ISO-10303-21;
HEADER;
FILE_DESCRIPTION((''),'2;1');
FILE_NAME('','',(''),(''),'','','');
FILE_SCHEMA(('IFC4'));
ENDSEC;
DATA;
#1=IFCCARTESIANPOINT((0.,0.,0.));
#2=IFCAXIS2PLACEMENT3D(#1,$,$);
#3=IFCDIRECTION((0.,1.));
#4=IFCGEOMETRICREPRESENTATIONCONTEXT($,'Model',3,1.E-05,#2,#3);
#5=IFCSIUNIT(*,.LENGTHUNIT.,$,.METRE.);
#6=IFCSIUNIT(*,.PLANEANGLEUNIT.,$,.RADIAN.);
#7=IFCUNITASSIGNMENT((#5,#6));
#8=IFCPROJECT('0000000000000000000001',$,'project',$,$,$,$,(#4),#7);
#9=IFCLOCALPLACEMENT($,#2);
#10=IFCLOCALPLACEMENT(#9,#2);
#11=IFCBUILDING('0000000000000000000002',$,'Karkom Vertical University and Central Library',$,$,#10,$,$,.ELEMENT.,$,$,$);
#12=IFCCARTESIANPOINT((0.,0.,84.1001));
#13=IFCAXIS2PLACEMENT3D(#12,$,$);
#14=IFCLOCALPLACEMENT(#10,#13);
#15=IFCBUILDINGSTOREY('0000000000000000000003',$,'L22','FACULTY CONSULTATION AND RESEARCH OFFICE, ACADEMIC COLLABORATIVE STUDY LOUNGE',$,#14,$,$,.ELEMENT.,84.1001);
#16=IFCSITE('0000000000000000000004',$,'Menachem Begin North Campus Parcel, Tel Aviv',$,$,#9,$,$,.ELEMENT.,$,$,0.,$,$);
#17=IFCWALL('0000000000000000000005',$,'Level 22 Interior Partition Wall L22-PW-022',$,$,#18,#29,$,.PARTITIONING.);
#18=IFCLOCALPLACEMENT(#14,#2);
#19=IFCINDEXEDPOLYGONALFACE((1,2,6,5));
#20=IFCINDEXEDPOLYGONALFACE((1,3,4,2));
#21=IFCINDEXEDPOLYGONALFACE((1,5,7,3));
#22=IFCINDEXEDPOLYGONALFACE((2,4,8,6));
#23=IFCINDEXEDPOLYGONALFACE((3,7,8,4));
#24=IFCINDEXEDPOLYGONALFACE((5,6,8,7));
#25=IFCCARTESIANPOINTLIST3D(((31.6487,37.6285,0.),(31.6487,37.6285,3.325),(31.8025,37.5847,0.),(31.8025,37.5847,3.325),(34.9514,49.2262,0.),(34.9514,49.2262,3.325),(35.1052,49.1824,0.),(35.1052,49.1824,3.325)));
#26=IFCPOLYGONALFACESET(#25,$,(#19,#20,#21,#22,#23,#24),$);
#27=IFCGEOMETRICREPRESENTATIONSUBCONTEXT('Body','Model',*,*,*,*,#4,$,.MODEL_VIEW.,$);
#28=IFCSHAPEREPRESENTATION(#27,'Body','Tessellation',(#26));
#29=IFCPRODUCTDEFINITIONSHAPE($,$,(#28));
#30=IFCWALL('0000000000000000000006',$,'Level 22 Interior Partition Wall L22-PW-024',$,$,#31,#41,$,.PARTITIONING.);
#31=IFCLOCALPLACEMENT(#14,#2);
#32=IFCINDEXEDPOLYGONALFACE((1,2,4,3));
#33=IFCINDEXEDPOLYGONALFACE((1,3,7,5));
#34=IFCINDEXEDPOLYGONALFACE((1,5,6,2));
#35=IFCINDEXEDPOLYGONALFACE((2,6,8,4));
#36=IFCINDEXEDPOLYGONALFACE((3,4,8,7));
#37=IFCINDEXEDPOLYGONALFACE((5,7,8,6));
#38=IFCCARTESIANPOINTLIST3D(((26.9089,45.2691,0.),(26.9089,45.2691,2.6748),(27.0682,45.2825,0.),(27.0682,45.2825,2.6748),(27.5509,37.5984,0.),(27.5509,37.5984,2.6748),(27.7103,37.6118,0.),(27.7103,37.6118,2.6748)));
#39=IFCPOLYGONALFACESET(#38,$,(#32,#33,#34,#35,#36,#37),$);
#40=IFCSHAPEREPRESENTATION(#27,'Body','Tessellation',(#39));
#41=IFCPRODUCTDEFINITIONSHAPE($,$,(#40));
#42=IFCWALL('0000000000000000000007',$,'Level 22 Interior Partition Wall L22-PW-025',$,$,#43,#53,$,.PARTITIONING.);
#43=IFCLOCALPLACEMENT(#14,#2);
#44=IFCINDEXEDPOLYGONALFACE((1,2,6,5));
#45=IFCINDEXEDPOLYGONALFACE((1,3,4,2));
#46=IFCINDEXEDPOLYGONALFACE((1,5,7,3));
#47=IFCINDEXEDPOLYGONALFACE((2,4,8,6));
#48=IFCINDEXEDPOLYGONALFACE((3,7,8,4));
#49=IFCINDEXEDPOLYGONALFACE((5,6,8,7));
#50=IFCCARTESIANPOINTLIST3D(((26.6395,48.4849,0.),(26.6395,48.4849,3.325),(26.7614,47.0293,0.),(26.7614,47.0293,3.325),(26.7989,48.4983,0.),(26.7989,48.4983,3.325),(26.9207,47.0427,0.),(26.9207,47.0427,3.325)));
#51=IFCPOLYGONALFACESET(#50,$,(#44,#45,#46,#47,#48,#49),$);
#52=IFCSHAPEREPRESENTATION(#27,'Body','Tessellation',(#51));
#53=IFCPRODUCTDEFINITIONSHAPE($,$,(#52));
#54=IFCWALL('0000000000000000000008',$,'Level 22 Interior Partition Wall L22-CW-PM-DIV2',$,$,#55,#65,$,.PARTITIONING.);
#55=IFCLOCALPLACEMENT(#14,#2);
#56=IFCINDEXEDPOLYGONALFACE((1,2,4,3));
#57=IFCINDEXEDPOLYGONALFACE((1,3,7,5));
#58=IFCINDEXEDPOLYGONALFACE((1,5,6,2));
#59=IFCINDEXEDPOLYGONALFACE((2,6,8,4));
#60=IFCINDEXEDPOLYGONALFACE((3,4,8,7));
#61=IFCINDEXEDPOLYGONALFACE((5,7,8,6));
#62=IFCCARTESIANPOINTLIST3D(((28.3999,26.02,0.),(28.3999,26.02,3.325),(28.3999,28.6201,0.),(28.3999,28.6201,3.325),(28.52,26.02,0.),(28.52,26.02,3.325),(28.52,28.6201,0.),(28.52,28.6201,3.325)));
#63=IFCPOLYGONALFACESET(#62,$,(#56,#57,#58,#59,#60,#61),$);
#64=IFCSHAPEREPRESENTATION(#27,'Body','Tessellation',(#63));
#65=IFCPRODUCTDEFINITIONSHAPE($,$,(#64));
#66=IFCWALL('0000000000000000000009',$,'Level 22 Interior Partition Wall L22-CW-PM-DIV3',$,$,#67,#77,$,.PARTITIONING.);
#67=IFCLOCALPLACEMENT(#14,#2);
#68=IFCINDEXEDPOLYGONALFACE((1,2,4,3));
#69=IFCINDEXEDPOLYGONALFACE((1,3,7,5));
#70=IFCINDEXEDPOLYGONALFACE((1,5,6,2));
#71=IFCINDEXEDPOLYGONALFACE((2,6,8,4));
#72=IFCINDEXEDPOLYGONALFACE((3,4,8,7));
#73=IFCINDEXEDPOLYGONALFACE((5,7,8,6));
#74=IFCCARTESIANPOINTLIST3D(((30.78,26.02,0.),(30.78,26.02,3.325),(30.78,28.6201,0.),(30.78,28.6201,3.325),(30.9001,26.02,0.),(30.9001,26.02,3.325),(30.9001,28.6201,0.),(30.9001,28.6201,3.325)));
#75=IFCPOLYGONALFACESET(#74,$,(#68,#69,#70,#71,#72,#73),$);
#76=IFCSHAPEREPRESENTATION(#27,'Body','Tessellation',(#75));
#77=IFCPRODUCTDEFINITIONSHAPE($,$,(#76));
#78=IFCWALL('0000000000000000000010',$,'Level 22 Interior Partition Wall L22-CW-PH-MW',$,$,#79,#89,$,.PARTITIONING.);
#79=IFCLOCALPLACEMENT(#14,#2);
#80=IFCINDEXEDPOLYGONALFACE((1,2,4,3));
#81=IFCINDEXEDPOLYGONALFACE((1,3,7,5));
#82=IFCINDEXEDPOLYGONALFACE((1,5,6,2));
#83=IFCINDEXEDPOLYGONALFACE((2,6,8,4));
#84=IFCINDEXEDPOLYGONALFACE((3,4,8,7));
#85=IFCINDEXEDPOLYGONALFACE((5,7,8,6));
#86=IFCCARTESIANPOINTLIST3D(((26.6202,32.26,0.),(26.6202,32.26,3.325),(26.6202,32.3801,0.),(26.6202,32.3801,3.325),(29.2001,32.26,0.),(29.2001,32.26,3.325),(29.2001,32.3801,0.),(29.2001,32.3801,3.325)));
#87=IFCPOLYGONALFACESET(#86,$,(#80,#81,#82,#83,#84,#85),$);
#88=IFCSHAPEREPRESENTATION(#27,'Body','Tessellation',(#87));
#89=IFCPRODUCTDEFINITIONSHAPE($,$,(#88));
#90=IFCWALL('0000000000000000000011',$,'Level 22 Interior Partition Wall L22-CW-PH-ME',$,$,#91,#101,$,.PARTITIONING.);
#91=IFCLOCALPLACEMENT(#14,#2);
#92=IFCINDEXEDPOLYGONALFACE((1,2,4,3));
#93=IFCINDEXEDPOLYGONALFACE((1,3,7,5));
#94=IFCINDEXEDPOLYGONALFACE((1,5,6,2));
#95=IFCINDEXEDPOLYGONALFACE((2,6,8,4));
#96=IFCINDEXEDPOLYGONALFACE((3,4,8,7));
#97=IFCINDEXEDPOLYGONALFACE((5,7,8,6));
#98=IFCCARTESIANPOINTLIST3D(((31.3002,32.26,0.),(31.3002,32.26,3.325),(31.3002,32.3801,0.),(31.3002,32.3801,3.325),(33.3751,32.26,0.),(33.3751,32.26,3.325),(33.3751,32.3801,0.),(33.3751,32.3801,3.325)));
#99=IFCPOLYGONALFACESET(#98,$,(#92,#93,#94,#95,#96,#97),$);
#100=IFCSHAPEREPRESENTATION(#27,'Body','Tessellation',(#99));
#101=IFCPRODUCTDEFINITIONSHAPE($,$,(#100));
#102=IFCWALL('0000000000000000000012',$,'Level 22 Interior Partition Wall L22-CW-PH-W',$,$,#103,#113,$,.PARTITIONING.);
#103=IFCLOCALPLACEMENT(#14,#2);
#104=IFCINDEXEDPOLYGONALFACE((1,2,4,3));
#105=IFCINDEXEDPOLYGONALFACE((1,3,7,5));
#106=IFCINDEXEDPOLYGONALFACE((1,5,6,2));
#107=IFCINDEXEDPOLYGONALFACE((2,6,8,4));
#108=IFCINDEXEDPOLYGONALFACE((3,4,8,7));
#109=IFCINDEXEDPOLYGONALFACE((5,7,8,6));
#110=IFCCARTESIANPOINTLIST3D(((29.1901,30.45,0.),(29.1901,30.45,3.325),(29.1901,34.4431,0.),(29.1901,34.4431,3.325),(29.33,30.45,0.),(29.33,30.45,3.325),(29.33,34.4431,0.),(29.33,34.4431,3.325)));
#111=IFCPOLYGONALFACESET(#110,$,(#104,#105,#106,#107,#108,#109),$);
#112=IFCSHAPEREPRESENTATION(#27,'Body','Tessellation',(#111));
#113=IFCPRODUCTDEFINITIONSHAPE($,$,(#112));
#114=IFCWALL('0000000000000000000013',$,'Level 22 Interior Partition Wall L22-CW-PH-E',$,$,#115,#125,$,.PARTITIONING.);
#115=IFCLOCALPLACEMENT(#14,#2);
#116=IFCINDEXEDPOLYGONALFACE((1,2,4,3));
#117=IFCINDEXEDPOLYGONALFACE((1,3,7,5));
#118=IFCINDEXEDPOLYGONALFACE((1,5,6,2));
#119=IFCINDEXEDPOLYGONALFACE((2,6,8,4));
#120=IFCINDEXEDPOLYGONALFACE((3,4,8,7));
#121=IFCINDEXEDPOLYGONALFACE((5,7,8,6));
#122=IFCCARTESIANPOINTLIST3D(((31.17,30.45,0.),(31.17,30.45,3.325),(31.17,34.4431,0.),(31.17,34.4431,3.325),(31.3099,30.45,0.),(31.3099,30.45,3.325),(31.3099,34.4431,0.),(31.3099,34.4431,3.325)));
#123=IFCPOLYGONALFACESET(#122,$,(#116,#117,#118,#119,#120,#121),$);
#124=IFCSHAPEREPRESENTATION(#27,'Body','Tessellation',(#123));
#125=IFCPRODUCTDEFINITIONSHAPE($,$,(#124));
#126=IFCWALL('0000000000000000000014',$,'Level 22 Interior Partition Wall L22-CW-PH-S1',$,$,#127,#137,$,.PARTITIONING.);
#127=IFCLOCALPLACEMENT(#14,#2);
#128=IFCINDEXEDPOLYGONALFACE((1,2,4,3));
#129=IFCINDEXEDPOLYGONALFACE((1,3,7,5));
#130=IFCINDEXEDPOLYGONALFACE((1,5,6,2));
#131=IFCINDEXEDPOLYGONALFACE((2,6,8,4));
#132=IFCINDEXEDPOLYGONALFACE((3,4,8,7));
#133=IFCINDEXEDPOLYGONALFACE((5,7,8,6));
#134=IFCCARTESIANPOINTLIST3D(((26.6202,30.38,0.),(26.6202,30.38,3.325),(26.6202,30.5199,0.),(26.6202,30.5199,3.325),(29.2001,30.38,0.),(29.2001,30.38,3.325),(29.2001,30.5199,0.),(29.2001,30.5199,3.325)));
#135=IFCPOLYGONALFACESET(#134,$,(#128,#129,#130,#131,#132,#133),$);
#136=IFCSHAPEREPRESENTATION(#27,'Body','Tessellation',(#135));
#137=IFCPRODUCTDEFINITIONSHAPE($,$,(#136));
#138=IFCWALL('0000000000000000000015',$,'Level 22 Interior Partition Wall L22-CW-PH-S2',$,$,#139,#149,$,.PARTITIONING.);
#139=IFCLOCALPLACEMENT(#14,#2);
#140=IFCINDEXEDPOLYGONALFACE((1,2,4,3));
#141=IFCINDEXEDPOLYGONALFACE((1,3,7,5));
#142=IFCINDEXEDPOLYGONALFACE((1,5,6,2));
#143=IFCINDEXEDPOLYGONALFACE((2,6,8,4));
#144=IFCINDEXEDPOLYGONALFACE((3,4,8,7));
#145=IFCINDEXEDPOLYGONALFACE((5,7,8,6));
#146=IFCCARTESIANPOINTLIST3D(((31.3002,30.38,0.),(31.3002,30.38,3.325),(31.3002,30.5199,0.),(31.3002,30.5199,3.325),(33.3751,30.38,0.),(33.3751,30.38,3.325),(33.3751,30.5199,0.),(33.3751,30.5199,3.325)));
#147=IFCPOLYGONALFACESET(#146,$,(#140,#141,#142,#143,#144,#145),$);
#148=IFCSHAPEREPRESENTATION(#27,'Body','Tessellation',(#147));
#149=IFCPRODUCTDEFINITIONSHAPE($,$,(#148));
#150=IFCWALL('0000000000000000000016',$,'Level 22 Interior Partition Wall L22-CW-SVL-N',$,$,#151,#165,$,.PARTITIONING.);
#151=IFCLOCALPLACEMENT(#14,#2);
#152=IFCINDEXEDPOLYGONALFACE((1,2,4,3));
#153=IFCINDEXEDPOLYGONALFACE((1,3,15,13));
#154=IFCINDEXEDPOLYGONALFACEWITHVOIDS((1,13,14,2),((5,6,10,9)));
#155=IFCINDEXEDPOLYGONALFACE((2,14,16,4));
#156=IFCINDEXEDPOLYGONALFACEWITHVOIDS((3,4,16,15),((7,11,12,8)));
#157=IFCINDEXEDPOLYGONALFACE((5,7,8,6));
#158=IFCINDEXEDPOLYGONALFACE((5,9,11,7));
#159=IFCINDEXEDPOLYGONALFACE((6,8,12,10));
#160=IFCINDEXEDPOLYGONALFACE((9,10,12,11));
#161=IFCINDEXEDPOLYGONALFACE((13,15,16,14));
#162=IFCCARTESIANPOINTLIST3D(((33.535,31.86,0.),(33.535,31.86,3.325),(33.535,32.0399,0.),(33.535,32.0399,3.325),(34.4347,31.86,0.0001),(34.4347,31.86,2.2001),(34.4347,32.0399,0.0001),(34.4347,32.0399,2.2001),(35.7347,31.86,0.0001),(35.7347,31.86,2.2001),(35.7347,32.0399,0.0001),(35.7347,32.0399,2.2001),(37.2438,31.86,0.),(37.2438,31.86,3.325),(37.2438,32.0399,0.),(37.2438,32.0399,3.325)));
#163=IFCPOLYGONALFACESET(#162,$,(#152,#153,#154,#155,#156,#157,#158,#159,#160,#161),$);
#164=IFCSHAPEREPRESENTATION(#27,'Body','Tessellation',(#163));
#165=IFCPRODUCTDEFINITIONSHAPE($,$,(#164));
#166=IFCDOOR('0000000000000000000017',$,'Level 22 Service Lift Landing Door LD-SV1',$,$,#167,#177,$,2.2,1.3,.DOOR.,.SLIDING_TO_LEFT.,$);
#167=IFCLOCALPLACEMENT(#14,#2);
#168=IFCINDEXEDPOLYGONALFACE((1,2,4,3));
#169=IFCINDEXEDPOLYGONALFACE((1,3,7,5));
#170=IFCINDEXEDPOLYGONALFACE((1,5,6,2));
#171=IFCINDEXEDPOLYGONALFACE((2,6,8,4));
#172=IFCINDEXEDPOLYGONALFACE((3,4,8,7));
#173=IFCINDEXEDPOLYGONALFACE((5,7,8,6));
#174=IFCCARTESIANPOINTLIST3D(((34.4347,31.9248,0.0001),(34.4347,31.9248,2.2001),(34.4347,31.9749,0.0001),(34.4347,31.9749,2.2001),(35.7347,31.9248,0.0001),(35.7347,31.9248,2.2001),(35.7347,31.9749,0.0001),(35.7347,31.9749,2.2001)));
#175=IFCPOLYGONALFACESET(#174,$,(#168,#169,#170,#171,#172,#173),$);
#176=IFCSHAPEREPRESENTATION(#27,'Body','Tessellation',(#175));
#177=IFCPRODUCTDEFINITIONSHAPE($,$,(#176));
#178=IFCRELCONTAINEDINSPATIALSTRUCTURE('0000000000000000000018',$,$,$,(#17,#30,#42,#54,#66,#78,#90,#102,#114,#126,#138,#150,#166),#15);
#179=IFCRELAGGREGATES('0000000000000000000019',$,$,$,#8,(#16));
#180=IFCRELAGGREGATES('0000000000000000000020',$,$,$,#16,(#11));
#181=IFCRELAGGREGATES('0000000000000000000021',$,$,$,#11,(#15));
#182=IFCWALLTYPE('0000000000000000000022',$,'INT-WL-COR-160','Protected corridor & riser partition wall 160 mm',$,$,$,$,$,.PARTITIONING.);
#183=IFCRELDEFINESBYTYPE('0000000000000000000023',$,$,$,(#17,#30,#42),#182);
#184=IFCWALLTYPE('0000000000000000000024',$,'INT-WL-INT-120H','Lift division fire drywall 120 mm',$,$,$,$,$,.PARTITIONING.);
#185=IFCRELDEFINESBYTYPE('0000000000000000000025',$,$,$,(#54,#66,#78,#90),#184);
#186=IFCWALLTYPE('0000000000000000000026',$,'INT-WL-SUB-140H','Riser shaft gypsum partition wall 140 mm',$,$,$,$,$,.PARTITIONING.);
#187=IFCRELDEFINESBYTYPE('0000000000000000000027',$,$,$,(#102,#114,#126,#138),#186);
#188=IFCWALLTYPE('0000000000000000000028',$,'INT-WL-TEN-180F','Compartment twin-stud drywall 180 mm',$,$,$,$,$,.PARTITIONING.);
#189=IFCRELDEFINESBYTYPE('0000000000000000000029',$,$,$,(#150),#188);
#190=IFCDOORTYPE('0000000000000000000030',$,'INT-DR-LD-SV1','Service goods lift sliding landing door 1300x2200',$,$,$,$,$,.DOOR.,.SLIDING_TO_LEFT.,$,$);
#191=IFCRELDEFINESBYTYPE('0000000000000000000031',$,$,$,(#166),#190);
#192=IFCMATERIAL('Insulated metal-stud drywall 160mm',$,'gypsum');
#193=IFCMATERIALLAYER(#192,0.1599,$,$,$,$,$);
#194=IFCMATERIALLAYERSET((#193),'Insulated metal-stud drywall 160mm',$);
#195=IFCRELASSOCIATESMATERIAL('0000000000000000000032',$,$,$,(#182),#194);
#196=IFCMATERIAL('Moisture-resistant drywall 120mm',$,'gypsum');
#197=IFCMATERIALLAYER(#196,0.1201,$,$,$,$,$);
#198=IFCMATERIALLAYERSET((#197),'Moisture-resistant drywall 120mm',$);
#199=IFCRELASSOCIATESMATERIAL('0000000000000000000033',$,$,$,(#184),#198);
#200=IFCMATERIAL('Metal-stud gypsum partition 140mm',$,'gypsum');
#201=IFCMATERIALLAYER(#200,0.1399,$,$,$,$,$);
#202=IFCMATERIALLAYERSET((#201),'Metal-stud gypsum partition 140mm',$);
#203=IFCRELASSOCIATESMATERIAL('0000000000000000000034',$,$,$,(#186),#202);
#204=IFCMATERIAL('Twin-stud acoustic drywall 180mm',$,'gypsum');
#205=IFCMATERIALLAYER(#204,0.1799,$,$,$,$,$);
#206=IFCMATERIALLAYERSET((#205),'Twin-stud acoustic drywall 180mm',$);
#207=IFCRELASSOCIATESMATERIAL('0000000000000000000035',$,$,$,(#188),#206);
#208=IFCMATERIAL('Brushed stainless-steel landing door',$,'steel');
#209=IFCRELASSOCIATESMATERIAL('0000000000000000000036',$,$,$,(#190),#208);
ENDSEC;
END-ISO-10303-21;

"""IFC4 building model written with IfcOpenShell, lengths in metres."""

from ifc_helpers import new_model, si_unit, direction, frame, frame_2d, origin, origin_with_axes, place, context, subcontext, project, spatial, rectangle, extrude, source, transform, mapped, material, layer, layer_set, type_object, element, fill, save


model = new_model("IFC4")

# Units and contexts
model_context = context("Model", 3, precision=1e-05, world=origin(), true_north=direction((0.0, 1.0)))
body_context = subcontext(model_context, "Body", "Model", "MODEL_VIEW")
ifc_project = project(units=[si_unit("LENGTHUNIT", "METRE"), si_unit("PLANEANGLEUNIT", "RADIAN")], contexts=[model_context])

# Site, building, storey
site_placement = place(None, origin())
site = spatial("IfcSite", under=ifc_project, at=site_placement, Name="Menachem Begin North Campus Parcel, Tel Aviv", CompositionType="ELEMENT", RefElevation=0.0)
building_placement = place(site_placement, origin())
building = spatial("IfcBuilding", under=site, at=building_placement, Name="Karkom Vertical University and Central Library", CompositionType="ELEMENT")
storey_placement = place(building_placement, frame((0.0, 0.0, 84.1001)))
storey = spatial("IfcBuildingStorey", under=building, at=storey_placement, Name="L22", Description="FACULTY CONSULTATION AND RESEARCH OFFICE, ACADEMIC COLLABORATIVE STUDY LOUNGE", CompositionType="ELEMENT", Elevation=84.1001)

# Shared definitions
ifc_material_1 = material(Name="Insulated metal-stud drywall 160mm", Category="gypsum")
ifc_layer_1 = layer(ifc_material_1, 0.1599)
ifc_layer_set_1 = layer_set([ifc_layer_1], Name="Insulated metal-stud drywall 160mm")
wall_type_1 = type_object("IfcWallType", Name="INT-WL-COR-160", Description="Protected corridor & riser partition wall 160 mm", PredefinedType="PARTITIONING", material=ifc_layer_set_1)

# Walls
wall_1_placement = place(storey_placement, frame((31.7256, 37.6067, 0.0), z_axis=(0.0, 0.0, 1.0), x_axis=(0.273887, 0.961762, 0.0)))
element("IfcWall", 1, at=wall_1_placement, inside=storey, type_object=wall_type_1, Name="Level 22 Interior Partition Wall L22-PW-022", PredefinedType="PARTITIONING", context=body_context, shape_type="SweptSolid", body=[
    extrude(rectangle(XDim=12.0588, YDim=0.1599, at=frame_2d((6.0293, 0.0))), origin(), (0.0, 0.0, 1.0), 3.325),
])
wall_2_placement = place(storey_placement, frame((27.6306, 37.6052, 0.0), z_axis=(0.0, 0.0, 1.0), x_axis=(-0.083416, 0.996515, 0.0)))
element("IfcWall", 2, at=wall_2_placement, inside=storey, type_object=wall_type_1, Name="Level 22 Interior Partition Wall L22-PW-024", PredefinedType="PARTITIONING", context=body_context, shape_type="SweptSolid", body=[
    extrude(rectangle(XDim=7.6975, YDim=0.1599, at=frame_2d((3.8486, 0.0))), origin(), (0.0, 0.0, 1.0), 2.6748),
])
wall_3_placement = place(storey_placement, frame((26.8411, 47.0359, 0.0), z_axis=(0.0, 0.0, 1.0), x_axis=(-0.083405, 0.996516, 0.0)))
element("IfcWall", 3, at=wall_3_placement, inside=storey, type_object=wall_type_1, Name="Level 22 Interior Partition Wall L22-PW-025", PredefinedType="PARTITIONING", context=body_context, shape_type="SweptSolid", body=[
    extrude(rectangle(XDim=1.4607, YDim=0.1599, at=frame_2d((0.7305, 0.0))), origin(), (0.0, 0.0, 1.0), 3.325),
])
ifc_material_2 = material(Name="Moisture-resistant drywall 120mm", Category="gypsum")
ifc_layer_2 = layer(ifc_material_2, 0.1201)
ifc_layer_set_2 = layer_set([ifc_layer_2], Name="Moisture-resistant drywall 120mm")
wall_type_2 = type_object("IfcWallType", Name="INT-WL-INT-120H", Description="Lift division fire drywall 120 mm", PredefinedType="PARTITIONING", material=ifc_layer_set_2)
for number, where, z_axis, x_axis, name in (
    (4, (28.46, 26.02, 0.0), (0.0, 0.0, 1.0), (0.0, 1.0, 0.0), "Level 22 Interior Partition Wall L22-CW-PM-DIV2"),
    (5, (30.8401, 26.02, 0.0), (0.0, 0.0, 1.0), (0.0, 1.0, 0.0), "Level 22 Interior Partition Wall L22-CW-PM-DIV3"),
):
    element("IfcWall", number, at=place(storey_placement, frame(where, z_axis=z_axis, x_axis=x_axis)), inside=storey, type_object=wall_type_2, Name=name, PredefinedType="PARTITIONING", context=body_context, shape_type="SweptSolid", body=[
        extrude(rectangle(XDim=2.6001, YDim=0.1201, at=frame_2d((1.3, 0.0))), origin(), (0.0, 0.0, 1.0), 3.325),
    ])
wall_4_placement = place(storey_placement, frame((26.6201, 32.3201, 0.0), z_axis=(0.0, 0.0, 1.0), x_axis=(1.0, 0.0, 0.0)))
element("IfcWall", 6, at=wall_4_placement, inside=storey, type_object=wall_type_2, Name="Level 22 Interior Partition Wall L22-CW-PH-MW", PredefinedType="PARTITIONING", context=body_context, shape_type="SweptSolid", body=[
    extrude(rectangle(XDim=2.5798, YDim=0.1201, at=frame_2d((1.29, 0.0))), origin(), (0.0, 0.0, 1.0), 3.325),
])
wall_5_placement = place(storey_placement, frame((31.3, 32.3201, 0.0), z_axis=(0.0, 0.0, 1.0), x_axis=(1.0, 0.0, 0.0)))
element("IfcWall", 7, at=wall_5_placement, inside=storey, type_object=wall_type_2, Name="Level 22 Interior Partition Wall L22-CW-PH-ME", PredefinedType="PARTITIONING", context=body_context, shape_type="SweptSolid", body=[
    extrude(rectangle(XDim=2.075, YDim=0.1201, at=frame_2d((1.0376, 0.0))), origin(), (0.0, 0.0, 1.0), 3.325),
])
ifc_material_3 = material(Name="Metal-stud gypsum partition 140mm", Category="gypsum")
ifc_layer_3 = layer(ifc_material_3, 0.1399)
ifc_layer_set_3 = layer_set([ifc_layer_3], Name="Metal-stud gypsum partition 140mm")
wall_type_3 = type_object("IfcWallType", Name="INT-WL-SUB-140H", Description="Riser shaft gypsum partition wall 140 mm", PredefinedType="PARTITIONING", material=ifc_layer_set_3)
for number, where, z_axis, x_axis, name in (
    (8, (29.26, 30.45, 0.0), (0.0, 0.0, 1.0), (0.0, 1.0, 0.0), "Level 22 Interior Partition Wall L22-CW-PH-W"),
    (9, (31.24, 30.45, 0.0), (0.0, 0.0, 1.0), (0.0, 1.0, 0.0), "Level 22 Interior Partition Wall L22-CW-PH-E"),
):
    element("IfcWall", number, at=place(storey_placement, frame(where, z_axis=z_axis, x_axis=x_axis)), inside=storey, type_object=wall_type_3, Name=name, PredefinedType="PARTITIONING", context=body_context, shape_type="SweptSolid", body=[
        extrude(rectangle(XDim=3.9932, YDim=0.1399, at=frame_2d((1.9966, 0.0))), origin(), (0.0, 0.0, 1.0), 3.325),
    ])
wall_6_placement = place(storey_placement, frame((26.6201, 30.45, 0.0), z_axis=(0.0, 0.0, 1.0), x_axis=(1.0, 0.0, 0.0)))
element("IfcWall", 10, at=wall_6_placement, inside=storey, type_object=wall_type_3, Name="Level 22 Interior Partition Wall L22-CW-PH-S1", PredefinedType="PARTITIONING", context=body_context, shape_type="SweptSolid", body=[
    extrude(rectangle(XDim=2.5798, YDim=0.1399, at=frame_2d((1.29, 0.0))), origin(), (0.0, 0.0, 1.0), 3.325),
])
wall_7_placement = place(storey_placement, frame((31.3, 30.45, 0.0), z_axis=(0.0, 0.0, 1.0), x_axis=(1.0, 0.0, 0.0)))
element("IfcWall", 11, at=wall_7_placement, inside=storey, type_object=wall_type_3, Name="Level 22 Interior Partition Wall L22-CW-PH-S2", PredefinedType="PARTITIONING", context=body_context, shape_type="SweptSolid", body=[
    extrude(rectangle(XDim=2.075, YDim=0.1399, at=frame_2d((1.0376, 0.0))), origin(), (0.0, 0.0, 1.0), 3.325),
])

# Wall, opening, door
ifc_material_4 = material(Name="Twin-stud acoustic drywall 180mm", Category="gypsum")
ifc_layer_4 = layer(ifc_material_4, 0.1799)
ifc_layer_set_4 = layer_set([ifc_layer_4], Name="Twin-stud acoustic drywall 180mm")
wall_type_4 = type_object("IfcWallType", Name="INT-WL-TEN-180F", Description="Compartment twin-stud drywall 180 mm", PredefinedType="PARTITIONING", material=ifc_layer_set_4)
wall_8_placement = place(storey_placement, frame((33.5349, 31.95, 0.0), z_axis=(0.0, 0.0, 1.0), x_axis=(1.0, 0.0, 0.0)))
wall_8 = element("IfcWall", 12, at=wall_8_placement, inside=storey, type_object=wall_type_4, Name="Level 22 Interior Partition Wall L22-CW-SVL-N", PredefinedType="PARTITIONING", context=body_context, shape_type="SweptSolid", body=[
    extrude(rectangle(XDim=3.7087, YDim=0.1799, at=frame_2d((1.8545, 0.0))), origin(), (0.0, 0.0, 1.0), 3.325),
])
opening_1_placement = place(wall_8_placement, frame((0.8999, 0.0, 0.0)))
opening_1 = element("IfcOpeningElement", 13, at=opening_1_placement, cuts=wall_8, PredefinedType="OPENING", context=body_context, shape_type="SweptSolid", body=[
    extrude(rectangle(XDim=1.3, YDim=2.2, at=frame_2d((0.6499, 1.1001))), frame((0.0, 0.1001, 0.0), z_axis=(0.0, -1.0, 0.0), x_axis=(1.0, 0.0, 0.0)), (0.0, 0.0, 1.0), 0.2),
])
ifc_material_5 = material(Name="Brushed stainless-steel landing door", Category="steel")
door_type_1 = type_object("IfcDoorType", Name="INT-DR-LD-SV1", Description="Service goods lift sliding landing door 1300x2200", OperationType="SLIDING_TO_LEFT", PredefinedType="DOOR", material=ifc_material_5)
shared_shape_1 = source(origin_with_axes(), body_context, "Body", "SweptSolid", [
    extrude(rectangle(XDim=1.3, YDim=2.2, at=frame_2d((0.6499, 1.1001))), frame((0.0, 0.0249, 0.0), z_axis=(0.0, -1.0, 0.0), x_axis=(1.0, 0.0, 0.0)), (0.0, 0.0, 1.0), 0.05),
])
door_1_placement = place(opening_1_placement, origin())
door_1 = element("IfcDoor", 14, at=door_1_placement, inside=storey, type_object=door_type_1, Name="Level 22 Service Lift Landing Door LD-SV1", OperationType="SLIDING_TO_LEFT", OverallHeight=2.2, OverallWidth=1.3, PredefinedType="DOOR", context=body_context, shape_type="MappedRepresentation", body=[
    mapped(shared_shape_1, transform((0.0, 0.0, 0.0), scale=1.0)),
])
fill(opening_1, door_1)

save(model, "model.ifc")
